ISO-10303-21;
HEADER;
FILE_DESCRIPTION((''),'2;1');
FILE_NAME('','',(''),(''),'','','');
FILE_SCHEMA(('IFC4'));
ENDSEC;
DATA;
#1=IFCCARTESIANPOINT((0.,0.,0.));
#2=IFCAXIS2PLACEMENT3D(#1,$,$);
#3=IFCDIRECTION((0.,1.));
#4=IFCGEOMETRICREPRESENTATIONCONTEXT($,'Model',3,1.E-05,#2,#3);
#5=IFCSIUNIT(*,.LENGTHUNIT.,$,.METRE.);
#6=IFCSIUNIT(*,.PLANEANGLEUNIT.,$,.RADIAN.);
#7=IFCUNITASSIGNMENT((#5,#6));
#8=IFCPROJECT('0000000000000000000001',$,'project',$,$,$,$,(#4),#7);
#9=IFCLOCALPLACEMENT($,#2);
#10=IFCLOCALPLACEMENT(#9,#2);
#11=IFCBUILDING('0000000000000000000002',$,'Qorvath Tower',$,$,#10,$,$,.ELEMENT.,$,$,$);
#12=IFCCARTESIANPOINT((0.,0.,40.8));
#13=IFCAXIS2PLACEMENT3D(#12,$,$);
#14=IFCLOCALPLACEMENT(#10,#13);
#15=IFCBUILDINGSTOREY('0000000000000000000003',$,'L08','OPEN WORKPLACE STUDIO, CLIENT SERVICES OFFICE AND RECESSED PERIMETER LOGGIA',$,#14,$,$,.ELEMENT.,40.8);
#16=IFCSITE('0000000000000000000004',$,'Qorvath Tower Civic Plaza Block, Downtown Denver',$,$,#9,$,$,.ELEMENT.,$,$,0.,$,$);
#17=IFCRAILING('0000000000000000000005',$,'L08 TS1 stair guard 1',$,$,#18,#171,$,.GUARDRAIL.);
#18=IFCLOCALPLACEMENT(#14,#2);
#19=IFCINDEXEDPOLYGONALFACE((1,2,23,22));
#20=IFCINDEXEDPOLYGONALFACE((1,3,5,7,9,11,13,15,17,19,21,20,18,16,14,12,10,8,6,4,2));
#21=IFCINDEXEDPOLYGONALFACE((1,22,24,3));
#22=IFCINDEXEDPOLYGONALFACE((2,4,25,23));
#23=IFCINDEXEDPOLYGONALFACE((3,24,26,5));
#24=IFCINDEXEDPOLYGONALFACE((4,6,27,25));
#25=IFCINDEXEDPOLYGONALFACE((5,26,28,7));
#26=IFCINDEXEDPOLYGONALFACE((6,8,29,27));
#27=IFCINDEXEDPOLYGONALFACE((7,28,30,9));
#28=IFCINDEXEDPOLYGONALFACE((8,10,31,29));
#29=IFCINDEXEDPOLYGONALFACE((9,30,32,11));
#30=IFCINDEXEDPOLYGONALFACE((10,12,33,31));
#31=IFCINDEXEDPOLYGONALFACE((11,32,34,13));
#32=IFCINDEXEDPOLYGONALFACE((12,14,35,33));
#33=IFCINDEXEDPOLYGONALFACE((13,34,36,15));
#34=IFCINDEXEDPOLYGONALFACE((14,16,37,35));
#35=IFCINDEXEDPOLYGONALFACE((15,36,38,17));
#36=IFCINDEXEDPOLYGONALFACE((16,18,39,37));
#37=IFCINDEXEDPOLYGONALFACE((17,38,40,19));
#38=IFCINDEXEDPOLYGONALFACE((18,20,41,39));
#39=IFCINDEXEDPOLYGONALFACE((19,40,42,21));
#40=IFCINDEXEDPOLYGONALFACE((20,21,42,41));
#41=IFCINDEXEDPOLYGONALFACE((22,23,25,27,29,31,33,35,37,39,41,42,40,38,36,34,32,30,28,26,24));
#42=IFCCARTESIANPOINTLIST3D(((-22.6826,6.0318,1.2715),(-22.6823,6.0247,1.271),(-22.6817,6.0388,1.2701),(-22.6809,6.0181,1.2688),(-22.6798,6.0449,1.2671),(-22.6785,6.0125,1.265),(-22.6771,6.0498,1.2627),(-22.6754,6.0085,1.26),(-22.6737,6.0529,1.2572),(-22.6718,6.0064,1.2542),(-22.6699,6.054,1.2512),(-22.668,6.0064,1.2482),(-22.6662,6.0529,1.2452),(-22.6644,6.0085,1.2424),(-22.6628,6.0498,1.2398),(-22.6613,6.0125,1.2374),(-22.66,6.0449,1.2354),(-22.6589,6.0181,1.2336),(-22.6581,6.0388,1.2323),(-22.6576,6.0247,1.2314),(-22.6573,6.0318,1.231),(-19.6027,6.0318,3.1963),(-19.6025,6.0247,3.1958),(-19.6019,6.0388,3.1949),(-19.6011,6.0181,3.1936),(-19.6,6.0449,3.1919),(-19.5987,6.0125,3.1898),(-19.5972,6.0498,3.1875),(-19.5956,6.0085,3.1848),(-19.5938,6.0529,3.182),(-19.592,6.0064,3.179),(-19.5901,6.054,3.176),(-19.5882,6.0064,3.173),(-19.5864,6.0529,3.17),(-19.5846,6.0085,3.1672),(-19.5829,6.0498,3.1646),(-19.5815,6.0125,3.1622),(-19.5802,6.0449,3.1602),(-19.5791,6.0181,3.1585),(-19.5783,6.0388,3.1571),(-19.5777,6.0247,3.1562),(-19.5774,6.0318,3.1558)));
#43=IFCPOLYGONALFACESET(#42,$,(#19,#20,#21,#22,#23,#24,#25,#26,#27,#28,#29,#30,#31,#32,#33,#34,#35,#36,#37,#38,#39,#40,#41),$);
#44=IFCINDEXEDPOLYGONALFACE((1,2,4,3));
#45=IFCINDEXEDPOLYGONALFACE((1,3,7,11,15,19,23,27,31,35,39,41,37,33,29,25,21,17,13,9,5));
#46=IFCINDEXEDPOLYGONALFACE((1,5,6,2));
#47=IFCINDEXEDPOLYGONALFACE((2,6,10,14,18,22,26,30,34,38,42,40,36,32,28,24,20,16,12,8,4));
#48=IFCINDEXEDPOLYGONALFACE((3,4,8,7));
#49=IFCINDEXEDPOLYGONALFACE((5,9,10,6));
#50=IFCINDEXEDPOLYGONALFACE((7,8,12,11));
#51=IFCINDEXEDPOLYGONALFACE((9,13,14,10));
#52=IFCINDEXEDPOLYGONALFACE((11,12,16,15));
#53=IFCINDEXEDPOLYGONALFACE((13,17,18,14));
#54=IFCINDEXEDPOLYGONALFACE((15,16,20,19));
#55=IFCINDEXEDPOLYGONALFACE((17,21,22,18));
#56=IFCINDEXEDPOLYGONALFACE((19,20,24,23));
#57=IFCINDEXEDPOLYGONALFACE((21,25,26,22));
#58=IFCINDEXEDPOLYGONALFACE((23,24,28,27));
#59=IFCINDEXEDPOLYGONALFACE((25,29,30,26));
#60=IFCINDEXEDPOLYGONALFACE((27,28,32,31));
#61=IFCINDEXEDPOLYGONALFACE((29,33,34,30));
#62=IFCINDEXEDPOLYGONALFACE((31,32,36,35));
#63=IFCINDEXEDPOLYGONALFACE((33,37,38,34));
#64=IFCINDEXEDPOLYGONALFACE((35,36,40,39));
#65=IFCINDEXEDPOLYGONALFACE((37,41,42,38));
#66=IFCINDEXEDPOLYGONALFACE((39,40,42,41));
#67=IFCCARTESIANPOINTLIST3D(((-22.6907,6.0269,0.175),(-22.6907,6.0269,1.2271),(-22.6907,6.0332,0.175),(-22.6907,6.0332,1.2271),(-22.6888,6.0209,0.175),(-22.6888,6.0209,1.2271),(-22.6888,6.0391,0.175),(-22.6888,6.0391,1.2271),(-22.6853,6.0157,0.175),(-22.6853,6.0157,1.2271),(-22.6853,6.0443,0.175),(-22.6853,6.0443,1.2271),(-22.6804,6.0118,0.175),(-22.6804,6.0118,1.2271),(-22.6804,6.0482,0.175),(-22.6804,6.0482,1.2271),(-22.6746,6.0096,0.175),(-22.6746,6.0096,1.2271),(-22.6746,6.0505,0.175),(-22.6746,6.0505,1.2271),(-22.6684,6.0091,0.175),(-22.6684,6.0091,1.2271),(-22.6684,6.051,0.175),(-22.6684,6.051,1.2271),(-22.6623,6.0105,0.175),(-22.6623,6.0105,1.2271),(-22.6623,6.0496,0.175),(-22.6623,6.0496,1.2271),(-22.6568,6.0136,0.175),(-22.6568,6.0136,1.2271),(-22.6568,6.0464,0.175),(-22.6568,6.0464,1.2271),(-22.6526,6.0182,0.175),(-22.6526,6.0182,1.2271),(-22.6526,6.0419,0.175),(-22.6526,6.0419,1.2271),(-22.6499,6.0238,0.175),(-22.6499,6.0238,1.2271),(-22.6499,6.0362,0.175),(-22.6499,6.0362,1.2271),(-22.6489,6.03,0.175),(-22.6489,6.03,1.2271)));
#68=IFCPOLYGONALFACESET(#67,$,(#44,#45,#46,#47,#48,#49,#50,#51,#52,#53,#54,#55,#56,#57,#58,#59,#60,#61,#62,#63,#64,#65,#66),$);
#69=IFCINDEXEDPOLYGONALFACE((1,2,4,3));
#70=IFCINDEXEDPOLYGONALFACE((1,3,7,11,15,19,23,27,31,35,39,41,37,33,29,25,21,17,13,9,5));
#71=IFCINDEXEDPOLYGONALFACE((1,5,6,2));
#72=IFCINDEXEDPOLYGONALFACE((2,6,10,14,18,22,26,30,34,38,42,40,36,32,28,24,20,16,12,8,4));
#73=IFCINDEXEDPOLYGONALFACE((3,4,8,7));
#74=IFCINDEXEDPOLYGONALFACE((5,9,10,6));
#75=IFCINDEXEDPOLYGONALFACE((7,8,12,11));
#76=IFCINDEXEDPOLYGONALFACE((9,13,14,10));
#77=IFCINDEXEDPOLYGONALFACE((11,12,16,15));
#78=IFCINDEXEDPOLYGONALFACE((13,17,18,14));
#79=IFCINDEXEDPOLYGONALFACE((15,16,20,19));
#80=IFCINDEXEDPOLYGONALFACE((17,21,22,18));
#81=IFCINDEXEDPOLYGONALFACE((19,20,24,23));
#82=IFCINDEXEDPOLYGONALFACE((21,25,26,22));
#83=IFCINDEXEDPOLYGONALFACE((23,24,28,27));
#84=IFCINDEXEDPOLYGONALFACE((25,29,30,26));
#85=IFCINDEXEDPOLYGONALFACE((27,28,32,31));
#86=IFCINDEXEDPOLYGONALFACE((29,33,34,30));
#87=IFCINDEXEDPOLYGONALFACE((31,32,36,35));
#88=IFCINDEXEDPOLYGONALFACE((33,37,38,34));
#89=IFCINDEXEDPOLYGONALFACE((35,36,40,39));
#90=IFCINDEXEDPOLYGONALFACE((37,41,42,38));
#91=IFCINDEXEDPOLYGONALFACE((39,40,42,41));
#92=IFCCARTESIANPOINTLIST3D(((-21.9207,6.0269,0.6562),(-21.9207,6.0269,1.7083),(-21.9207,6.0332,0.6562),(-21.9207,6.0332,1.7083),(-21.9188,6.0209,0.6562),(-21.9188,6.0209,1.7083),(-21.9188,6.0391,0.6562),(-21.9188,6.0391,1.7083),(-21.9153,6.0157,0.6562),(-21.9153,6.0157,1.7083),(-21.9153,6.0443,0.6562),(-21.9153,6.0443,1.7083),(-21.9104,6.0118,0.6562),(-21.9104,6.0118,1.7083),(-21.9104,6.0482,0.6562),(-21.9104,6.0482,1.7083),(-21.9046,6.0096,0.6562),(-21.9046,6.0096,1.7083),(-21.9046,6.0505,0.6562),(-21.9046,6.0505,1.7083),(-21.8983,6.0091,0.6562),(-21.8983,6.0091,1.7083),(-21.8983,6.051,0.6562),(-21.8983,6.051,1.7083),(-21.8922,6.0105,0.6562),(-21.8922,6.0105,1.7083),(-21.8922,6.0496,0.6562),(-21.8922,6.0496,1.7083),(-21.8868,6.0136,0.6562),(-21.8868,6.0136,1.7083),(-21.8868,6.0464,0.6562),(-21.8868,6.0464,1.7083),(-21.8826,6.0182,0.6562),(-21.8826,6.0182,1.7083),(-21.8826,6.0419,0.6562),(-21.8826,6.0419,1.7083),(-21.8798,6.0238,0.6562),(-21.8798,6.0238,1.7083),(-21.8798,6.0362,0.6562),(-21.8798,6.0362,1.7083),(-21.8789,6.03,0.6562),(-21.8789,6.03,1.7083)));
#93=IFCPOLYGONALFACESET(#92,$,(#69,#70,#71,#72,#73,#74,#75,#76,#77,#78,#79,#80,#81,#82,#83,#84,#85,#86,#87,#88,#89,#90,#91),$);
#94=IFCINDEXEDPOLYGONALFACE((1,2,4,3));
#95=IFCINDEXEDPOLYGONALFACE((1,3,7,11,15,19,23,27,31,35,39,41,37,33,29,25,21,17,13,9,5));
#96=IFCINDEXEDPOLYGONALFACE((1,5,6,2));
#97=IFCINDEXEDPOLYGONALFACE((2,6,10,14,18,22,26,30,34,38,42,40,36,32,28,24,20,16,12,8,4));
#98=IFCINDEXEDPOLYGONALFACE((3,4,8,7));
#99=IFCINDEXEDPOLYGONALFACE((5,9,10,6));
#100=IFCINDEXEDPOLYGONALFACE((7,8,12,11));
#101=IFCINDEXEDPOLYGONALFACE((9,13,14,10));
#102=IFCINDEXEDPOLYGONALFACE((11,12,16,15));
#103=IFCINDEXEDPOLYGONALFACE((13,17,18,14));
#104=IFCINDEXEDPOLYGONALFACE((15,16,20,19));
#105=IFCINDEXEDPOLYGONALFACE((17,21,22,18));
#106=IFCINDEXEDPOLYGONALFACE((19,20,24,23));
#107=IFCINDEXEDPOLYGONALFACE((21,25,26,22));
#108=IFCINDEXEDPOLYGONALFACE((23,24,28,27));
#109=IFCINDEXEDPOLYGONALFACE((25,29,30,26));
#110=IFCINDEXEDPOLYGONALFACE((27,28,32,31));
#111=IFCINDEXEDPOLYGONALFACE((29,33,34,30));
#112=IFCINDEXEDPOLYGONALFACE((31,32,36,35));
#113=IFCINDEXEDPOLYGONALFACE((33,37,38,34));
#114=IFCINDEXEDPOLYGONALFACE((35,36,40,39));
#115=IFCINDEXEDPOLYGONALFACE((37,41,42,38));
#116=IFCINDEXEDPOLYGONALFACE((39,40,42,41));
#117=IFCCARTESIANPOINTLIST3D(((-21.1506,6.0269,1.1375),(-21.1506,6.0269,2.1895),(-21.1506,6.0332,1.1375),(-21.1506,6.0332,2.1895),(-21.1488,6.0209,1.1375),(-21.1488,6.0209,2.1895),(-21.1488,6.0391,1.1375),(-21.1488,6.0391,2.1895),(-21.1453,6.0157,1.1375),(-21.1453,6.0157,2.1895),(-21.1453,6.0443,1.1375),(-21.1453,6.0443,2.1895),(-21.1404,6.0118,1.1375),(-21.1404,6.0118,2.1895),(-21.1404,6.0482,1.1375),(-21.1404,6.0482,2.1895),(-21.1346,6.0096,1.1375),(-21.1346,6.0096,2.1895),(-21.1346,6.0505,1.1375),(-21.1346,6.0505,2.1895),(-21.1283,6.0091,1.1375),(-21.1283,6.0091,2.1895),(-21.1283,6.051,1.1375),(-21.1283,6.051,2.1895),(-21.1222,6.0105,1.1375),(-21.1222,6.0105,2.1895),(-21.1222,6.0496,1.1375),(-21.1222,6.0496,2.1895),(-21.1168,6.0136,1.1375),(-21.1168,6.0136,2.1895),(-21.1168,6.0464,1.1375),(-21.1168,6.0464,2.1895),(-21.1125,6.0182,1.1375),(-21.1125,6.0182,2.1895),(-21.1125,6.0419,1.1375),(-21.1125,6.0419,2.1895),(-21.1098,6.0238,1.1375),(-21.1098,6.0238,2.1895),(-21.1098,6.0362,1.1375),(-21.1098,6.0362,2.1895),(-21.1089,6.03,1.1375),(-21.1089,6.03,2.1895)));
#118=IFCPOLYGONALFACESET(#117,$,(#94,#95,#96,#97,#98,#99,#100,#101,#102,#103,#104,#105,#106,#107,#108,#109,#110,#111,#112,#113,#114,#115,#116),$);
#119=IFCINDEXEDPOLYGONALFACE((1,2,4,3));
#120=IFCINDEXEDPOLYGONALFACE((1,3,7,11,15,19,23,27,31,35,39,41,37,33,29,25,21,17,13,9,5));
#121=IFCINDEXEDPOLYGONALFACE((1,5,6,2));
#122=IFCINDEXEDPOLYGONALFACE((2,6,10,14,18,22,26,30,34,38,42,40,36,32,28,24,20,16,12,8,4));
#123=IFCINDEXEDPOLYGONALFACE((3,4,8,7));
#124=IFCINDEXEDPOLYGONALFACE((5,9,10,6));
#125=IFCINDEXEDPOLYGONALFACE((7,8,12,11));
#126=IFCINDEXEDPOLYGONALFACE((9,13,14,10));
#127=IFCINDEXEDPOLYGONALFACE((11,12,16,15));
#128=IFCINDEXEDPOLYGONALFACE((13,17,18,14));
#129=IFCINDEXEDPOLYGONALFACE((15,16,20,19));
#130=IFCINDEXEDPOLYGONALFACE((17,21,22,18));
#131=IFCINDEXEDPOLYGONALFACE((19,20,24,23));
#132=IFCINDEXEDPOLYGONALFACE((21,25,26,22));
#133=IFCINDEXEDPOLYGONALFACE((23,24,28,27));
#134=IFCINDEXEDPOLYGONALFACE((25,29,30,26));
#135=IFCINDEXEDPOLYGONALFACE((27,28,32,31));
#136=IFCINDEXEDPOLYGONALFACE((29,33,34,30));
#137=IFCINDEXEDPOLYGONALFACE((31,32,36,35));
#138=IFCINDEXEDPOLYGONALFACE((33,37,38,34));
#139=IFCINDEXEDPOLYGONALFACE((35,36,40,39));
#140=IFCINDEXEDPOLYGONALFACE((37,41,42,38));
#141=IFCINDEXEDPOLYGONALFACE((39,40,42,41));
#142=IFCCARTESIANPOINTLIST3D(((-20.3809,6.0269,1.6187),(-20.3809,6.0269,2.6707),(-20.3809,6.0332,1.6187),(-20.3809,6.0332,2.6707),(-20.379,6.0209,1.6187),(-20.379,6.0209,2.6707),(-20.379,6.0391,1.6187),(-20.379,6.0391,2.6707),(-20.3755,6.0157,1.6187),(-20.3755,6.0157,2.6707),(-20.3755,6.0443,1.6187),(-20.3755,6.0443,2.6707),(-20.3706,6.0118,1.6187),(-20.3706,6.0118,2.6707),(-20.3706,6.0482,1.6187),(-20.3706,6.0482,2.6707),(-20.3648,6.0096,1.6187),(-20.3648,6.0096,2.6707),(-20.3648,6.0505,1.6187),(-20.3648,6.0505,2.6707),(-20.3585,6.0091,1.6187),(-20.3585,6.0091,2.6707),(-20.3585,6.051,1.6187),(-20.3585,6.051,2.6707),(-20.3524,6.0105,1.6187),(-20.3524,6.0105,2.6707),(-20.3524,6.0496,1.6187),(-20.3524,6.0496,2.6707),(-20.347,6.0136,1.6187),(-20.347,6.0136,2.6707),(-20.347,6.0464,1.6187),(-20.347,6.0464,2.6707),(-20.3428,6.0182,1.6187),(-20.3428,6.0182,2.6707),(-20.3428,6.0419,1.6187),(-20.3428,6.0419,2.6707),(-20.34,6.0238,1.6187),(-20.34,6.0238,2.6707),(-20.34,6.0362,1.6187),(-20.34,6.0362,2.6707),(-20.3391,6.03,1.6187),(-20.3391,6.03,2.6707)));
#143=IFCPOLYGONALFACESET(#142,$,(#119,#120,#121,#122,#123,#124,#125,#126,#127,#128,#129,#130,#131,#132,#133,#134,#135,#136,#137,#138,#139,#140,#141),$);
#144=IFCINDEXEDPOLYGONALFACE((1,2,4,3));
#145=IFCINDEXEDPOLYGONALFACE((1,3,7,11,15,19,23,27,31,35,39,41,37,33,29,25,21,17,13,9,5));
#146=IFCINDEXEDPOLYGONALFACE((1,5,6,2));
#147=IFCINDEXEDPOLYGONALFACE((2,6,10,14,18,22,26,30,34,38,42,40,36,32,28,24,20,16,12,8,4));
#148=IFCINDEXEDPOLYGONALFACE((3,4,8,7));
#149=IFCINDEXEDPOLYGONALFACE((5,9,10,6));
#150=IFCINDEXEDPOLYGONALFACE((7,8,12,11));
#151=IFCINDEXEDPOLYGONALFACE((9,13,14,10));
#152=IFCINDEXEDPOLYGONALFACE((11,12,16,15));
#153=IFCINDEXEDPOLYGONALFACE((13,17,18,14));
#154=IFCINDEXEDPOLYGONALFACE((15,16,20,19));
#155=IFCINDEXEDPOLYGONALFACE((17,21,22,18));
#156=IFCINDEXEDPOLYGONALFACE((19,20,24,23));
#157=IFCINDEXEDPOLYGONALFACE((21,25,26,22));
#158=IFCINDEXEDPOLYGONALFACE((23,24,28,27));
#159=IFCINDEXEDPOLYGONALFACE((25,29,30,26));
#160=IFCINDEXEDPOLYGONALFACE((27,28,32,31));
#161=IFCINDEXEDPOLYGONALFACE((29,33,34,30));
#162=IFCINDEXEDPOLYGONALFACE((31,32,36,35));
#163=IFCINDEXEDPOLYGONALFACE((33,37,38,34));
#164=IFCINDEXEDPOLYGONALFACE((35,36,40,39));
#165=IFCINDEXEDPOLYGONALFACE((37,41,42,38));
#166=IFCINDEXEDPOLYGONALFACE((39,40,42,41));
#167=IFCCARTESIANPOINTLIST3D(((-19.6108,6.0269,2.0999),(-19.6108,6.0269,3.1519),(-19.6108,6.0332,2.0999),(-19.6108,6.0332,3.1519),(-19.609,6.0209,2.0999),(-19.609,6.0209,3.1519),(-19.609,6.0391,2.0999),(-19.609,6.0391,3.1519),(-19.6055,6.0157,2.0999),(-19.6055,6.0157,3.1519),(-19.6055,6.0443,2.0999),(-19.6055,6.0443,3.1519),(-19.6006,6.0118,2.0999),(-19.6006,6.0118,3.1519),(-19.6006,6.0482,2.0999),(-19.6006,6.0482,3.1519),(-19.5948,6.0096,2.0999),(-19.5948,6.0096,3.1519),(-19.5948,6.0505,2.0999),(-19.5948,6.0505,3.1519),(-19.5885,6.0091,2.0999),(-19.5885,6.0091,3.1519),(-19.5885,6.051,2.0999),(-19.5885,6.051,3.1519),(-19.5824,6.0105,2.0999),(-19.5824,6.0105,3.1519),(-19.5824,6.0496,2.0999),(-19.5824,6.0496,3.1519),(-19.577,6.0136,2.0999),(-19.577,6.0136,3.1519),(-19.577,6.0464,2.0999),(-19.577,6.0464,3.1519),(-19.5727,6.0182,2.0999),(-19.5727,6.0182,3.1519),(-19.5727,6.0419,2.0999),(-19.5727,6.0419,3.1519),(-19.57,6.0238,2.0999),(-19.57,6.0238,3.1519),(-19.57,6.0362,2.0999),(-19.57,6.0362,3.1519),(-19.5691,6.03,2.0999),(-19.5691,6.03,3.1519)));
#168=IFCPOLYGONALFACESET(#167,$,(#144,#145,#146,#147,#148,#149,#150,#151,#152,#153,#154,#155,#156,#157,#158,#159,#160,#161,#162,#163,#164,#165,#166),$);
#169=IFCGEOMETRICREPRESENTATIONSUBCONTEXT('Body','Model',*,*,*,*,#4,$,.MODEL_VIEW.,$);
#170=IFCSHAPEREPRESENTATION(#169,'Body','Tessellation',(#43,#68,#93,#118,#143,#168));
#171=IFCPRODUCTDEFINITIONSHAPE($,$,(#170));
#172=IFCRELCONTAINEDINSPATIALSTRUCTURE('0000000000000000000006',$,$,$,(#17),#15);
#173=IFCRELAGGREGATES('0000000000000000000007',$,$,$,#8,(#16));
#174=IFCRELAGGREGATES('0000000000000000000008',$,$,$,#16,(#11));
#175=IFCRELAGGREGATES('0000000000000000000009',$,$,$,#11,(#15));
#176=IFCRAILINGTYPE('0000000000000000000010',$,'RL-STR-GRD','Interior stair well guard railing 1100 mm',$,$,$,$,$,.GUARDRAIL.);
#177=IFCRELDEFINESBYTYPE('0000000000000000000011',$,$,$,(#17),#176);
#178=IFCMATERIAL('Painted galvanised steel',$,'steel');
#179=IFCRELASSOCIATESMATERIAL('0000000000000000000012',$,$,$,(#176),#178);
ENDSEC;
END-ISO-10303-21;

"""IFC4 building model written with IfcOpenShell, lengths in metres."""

from ifc_helpers import new_model, si_unit, direction, frame, origin, origin_2d, place, context, subcontext, project, spatial, circle, extrude, material, type_object, element, save


model = new_model("IFC4")

# Units and contexts
model_context = context("Model", 3, precision=1e-05, world=origin(), true_north=direction((0.0, 1.0)))
body_context = subcontext(model_context, "Body", "Model", "MODEL_VIEW")
ifc_project = project(units=[si_unit("LENGTHUNIT", "METRE"), si_unit("PLANEANGLEUNIT", "RADIAN")], contexts=[model_context])

# Site, building, storey
site_placement = place(None, origin())
site = spatial("IfcSite", under=ifc_project, at=site_placement, Name="Qorvath Tower Civic Plaza Block, Downtown Denver", CompositionType="ELEMENT", RefElevation=0.0)
building_placement = place(site_placement, origin())
building = spatial("IfcBuilding", under=site, at=building_placement, Name="Qorvath Tower", CompositionType="ELEMENT")
storey_placement = place(building_placement, frame((0.0, 0.0, 40.8)))
storey = spatial("IfcBuildingStorey", under=building, at=storey_placement, Name="L08", Description="OPEN WORKPLACE STUDIO, CLIENT SERVICES OFFICE AND RECESSED PERIMETER LOGGIA", CompositionType="ELEMENT", Elevation=40.8)

# Railing
ifc_material_1 = material(Name="Painted galvanised steel", Category="steel")
railing_type_1 = type_object("IfcRailingType", Name="RL-STR-GRD", Description="Interior stair well guard railing 1100 mm", PredefinedType="GUARDRAIL", material=ifc_material_1)
railing_1_placement = place(storey_placement, frame((-22.6699, 6.03, 0.175)))
element("IfcRailing", 1, at=railing_1_placement, inside=storey, type_object=railing_type_1, Name="L08 TS1 stair guard 1", PredefinedType="GUARDRAIL", context=body_context, shape_type="SweptSolid", body=[
    extrude(circle(Radius=0.0239, at=origin_2d()), frame((0.0, 0.0, 1.0762), z_axis=(0.84801, 0.0, 0.529981), x_axis=(0.0, 1.0, 0.0)), (0.0, 0.0, 1.0), 3.6318),
    extrude(circle(Radius=0.021, at=origin_2d()), origin(), (0.0, 0.0, 1.0), 1.052),
    extrude(circle(Radius=0.021, at=origin_2d()), frame((0.77, 0.0, 0.4812)), (0.0, 0.0, 1.0), 1.052),
    extrude(circle(Radius=0.021, at=origin_2d()), frame((1.54, 0.0, 0.9624)), (0.0, 0.0, 1.0), 1.052),
    extrude(circle(Radius=0.021, at=origin_2d()), frame((2.3098, 0.0, 1.4436)), (0.0, 0.0, 1.0), 1.052),
    extrude(circle(Radius=0.021, at=origin_2d()), frame((3.0798, 0.0, 1.9248)), (0.0, 0.0, 1.0), 1.052),
])

save(model, "model.ifc")
